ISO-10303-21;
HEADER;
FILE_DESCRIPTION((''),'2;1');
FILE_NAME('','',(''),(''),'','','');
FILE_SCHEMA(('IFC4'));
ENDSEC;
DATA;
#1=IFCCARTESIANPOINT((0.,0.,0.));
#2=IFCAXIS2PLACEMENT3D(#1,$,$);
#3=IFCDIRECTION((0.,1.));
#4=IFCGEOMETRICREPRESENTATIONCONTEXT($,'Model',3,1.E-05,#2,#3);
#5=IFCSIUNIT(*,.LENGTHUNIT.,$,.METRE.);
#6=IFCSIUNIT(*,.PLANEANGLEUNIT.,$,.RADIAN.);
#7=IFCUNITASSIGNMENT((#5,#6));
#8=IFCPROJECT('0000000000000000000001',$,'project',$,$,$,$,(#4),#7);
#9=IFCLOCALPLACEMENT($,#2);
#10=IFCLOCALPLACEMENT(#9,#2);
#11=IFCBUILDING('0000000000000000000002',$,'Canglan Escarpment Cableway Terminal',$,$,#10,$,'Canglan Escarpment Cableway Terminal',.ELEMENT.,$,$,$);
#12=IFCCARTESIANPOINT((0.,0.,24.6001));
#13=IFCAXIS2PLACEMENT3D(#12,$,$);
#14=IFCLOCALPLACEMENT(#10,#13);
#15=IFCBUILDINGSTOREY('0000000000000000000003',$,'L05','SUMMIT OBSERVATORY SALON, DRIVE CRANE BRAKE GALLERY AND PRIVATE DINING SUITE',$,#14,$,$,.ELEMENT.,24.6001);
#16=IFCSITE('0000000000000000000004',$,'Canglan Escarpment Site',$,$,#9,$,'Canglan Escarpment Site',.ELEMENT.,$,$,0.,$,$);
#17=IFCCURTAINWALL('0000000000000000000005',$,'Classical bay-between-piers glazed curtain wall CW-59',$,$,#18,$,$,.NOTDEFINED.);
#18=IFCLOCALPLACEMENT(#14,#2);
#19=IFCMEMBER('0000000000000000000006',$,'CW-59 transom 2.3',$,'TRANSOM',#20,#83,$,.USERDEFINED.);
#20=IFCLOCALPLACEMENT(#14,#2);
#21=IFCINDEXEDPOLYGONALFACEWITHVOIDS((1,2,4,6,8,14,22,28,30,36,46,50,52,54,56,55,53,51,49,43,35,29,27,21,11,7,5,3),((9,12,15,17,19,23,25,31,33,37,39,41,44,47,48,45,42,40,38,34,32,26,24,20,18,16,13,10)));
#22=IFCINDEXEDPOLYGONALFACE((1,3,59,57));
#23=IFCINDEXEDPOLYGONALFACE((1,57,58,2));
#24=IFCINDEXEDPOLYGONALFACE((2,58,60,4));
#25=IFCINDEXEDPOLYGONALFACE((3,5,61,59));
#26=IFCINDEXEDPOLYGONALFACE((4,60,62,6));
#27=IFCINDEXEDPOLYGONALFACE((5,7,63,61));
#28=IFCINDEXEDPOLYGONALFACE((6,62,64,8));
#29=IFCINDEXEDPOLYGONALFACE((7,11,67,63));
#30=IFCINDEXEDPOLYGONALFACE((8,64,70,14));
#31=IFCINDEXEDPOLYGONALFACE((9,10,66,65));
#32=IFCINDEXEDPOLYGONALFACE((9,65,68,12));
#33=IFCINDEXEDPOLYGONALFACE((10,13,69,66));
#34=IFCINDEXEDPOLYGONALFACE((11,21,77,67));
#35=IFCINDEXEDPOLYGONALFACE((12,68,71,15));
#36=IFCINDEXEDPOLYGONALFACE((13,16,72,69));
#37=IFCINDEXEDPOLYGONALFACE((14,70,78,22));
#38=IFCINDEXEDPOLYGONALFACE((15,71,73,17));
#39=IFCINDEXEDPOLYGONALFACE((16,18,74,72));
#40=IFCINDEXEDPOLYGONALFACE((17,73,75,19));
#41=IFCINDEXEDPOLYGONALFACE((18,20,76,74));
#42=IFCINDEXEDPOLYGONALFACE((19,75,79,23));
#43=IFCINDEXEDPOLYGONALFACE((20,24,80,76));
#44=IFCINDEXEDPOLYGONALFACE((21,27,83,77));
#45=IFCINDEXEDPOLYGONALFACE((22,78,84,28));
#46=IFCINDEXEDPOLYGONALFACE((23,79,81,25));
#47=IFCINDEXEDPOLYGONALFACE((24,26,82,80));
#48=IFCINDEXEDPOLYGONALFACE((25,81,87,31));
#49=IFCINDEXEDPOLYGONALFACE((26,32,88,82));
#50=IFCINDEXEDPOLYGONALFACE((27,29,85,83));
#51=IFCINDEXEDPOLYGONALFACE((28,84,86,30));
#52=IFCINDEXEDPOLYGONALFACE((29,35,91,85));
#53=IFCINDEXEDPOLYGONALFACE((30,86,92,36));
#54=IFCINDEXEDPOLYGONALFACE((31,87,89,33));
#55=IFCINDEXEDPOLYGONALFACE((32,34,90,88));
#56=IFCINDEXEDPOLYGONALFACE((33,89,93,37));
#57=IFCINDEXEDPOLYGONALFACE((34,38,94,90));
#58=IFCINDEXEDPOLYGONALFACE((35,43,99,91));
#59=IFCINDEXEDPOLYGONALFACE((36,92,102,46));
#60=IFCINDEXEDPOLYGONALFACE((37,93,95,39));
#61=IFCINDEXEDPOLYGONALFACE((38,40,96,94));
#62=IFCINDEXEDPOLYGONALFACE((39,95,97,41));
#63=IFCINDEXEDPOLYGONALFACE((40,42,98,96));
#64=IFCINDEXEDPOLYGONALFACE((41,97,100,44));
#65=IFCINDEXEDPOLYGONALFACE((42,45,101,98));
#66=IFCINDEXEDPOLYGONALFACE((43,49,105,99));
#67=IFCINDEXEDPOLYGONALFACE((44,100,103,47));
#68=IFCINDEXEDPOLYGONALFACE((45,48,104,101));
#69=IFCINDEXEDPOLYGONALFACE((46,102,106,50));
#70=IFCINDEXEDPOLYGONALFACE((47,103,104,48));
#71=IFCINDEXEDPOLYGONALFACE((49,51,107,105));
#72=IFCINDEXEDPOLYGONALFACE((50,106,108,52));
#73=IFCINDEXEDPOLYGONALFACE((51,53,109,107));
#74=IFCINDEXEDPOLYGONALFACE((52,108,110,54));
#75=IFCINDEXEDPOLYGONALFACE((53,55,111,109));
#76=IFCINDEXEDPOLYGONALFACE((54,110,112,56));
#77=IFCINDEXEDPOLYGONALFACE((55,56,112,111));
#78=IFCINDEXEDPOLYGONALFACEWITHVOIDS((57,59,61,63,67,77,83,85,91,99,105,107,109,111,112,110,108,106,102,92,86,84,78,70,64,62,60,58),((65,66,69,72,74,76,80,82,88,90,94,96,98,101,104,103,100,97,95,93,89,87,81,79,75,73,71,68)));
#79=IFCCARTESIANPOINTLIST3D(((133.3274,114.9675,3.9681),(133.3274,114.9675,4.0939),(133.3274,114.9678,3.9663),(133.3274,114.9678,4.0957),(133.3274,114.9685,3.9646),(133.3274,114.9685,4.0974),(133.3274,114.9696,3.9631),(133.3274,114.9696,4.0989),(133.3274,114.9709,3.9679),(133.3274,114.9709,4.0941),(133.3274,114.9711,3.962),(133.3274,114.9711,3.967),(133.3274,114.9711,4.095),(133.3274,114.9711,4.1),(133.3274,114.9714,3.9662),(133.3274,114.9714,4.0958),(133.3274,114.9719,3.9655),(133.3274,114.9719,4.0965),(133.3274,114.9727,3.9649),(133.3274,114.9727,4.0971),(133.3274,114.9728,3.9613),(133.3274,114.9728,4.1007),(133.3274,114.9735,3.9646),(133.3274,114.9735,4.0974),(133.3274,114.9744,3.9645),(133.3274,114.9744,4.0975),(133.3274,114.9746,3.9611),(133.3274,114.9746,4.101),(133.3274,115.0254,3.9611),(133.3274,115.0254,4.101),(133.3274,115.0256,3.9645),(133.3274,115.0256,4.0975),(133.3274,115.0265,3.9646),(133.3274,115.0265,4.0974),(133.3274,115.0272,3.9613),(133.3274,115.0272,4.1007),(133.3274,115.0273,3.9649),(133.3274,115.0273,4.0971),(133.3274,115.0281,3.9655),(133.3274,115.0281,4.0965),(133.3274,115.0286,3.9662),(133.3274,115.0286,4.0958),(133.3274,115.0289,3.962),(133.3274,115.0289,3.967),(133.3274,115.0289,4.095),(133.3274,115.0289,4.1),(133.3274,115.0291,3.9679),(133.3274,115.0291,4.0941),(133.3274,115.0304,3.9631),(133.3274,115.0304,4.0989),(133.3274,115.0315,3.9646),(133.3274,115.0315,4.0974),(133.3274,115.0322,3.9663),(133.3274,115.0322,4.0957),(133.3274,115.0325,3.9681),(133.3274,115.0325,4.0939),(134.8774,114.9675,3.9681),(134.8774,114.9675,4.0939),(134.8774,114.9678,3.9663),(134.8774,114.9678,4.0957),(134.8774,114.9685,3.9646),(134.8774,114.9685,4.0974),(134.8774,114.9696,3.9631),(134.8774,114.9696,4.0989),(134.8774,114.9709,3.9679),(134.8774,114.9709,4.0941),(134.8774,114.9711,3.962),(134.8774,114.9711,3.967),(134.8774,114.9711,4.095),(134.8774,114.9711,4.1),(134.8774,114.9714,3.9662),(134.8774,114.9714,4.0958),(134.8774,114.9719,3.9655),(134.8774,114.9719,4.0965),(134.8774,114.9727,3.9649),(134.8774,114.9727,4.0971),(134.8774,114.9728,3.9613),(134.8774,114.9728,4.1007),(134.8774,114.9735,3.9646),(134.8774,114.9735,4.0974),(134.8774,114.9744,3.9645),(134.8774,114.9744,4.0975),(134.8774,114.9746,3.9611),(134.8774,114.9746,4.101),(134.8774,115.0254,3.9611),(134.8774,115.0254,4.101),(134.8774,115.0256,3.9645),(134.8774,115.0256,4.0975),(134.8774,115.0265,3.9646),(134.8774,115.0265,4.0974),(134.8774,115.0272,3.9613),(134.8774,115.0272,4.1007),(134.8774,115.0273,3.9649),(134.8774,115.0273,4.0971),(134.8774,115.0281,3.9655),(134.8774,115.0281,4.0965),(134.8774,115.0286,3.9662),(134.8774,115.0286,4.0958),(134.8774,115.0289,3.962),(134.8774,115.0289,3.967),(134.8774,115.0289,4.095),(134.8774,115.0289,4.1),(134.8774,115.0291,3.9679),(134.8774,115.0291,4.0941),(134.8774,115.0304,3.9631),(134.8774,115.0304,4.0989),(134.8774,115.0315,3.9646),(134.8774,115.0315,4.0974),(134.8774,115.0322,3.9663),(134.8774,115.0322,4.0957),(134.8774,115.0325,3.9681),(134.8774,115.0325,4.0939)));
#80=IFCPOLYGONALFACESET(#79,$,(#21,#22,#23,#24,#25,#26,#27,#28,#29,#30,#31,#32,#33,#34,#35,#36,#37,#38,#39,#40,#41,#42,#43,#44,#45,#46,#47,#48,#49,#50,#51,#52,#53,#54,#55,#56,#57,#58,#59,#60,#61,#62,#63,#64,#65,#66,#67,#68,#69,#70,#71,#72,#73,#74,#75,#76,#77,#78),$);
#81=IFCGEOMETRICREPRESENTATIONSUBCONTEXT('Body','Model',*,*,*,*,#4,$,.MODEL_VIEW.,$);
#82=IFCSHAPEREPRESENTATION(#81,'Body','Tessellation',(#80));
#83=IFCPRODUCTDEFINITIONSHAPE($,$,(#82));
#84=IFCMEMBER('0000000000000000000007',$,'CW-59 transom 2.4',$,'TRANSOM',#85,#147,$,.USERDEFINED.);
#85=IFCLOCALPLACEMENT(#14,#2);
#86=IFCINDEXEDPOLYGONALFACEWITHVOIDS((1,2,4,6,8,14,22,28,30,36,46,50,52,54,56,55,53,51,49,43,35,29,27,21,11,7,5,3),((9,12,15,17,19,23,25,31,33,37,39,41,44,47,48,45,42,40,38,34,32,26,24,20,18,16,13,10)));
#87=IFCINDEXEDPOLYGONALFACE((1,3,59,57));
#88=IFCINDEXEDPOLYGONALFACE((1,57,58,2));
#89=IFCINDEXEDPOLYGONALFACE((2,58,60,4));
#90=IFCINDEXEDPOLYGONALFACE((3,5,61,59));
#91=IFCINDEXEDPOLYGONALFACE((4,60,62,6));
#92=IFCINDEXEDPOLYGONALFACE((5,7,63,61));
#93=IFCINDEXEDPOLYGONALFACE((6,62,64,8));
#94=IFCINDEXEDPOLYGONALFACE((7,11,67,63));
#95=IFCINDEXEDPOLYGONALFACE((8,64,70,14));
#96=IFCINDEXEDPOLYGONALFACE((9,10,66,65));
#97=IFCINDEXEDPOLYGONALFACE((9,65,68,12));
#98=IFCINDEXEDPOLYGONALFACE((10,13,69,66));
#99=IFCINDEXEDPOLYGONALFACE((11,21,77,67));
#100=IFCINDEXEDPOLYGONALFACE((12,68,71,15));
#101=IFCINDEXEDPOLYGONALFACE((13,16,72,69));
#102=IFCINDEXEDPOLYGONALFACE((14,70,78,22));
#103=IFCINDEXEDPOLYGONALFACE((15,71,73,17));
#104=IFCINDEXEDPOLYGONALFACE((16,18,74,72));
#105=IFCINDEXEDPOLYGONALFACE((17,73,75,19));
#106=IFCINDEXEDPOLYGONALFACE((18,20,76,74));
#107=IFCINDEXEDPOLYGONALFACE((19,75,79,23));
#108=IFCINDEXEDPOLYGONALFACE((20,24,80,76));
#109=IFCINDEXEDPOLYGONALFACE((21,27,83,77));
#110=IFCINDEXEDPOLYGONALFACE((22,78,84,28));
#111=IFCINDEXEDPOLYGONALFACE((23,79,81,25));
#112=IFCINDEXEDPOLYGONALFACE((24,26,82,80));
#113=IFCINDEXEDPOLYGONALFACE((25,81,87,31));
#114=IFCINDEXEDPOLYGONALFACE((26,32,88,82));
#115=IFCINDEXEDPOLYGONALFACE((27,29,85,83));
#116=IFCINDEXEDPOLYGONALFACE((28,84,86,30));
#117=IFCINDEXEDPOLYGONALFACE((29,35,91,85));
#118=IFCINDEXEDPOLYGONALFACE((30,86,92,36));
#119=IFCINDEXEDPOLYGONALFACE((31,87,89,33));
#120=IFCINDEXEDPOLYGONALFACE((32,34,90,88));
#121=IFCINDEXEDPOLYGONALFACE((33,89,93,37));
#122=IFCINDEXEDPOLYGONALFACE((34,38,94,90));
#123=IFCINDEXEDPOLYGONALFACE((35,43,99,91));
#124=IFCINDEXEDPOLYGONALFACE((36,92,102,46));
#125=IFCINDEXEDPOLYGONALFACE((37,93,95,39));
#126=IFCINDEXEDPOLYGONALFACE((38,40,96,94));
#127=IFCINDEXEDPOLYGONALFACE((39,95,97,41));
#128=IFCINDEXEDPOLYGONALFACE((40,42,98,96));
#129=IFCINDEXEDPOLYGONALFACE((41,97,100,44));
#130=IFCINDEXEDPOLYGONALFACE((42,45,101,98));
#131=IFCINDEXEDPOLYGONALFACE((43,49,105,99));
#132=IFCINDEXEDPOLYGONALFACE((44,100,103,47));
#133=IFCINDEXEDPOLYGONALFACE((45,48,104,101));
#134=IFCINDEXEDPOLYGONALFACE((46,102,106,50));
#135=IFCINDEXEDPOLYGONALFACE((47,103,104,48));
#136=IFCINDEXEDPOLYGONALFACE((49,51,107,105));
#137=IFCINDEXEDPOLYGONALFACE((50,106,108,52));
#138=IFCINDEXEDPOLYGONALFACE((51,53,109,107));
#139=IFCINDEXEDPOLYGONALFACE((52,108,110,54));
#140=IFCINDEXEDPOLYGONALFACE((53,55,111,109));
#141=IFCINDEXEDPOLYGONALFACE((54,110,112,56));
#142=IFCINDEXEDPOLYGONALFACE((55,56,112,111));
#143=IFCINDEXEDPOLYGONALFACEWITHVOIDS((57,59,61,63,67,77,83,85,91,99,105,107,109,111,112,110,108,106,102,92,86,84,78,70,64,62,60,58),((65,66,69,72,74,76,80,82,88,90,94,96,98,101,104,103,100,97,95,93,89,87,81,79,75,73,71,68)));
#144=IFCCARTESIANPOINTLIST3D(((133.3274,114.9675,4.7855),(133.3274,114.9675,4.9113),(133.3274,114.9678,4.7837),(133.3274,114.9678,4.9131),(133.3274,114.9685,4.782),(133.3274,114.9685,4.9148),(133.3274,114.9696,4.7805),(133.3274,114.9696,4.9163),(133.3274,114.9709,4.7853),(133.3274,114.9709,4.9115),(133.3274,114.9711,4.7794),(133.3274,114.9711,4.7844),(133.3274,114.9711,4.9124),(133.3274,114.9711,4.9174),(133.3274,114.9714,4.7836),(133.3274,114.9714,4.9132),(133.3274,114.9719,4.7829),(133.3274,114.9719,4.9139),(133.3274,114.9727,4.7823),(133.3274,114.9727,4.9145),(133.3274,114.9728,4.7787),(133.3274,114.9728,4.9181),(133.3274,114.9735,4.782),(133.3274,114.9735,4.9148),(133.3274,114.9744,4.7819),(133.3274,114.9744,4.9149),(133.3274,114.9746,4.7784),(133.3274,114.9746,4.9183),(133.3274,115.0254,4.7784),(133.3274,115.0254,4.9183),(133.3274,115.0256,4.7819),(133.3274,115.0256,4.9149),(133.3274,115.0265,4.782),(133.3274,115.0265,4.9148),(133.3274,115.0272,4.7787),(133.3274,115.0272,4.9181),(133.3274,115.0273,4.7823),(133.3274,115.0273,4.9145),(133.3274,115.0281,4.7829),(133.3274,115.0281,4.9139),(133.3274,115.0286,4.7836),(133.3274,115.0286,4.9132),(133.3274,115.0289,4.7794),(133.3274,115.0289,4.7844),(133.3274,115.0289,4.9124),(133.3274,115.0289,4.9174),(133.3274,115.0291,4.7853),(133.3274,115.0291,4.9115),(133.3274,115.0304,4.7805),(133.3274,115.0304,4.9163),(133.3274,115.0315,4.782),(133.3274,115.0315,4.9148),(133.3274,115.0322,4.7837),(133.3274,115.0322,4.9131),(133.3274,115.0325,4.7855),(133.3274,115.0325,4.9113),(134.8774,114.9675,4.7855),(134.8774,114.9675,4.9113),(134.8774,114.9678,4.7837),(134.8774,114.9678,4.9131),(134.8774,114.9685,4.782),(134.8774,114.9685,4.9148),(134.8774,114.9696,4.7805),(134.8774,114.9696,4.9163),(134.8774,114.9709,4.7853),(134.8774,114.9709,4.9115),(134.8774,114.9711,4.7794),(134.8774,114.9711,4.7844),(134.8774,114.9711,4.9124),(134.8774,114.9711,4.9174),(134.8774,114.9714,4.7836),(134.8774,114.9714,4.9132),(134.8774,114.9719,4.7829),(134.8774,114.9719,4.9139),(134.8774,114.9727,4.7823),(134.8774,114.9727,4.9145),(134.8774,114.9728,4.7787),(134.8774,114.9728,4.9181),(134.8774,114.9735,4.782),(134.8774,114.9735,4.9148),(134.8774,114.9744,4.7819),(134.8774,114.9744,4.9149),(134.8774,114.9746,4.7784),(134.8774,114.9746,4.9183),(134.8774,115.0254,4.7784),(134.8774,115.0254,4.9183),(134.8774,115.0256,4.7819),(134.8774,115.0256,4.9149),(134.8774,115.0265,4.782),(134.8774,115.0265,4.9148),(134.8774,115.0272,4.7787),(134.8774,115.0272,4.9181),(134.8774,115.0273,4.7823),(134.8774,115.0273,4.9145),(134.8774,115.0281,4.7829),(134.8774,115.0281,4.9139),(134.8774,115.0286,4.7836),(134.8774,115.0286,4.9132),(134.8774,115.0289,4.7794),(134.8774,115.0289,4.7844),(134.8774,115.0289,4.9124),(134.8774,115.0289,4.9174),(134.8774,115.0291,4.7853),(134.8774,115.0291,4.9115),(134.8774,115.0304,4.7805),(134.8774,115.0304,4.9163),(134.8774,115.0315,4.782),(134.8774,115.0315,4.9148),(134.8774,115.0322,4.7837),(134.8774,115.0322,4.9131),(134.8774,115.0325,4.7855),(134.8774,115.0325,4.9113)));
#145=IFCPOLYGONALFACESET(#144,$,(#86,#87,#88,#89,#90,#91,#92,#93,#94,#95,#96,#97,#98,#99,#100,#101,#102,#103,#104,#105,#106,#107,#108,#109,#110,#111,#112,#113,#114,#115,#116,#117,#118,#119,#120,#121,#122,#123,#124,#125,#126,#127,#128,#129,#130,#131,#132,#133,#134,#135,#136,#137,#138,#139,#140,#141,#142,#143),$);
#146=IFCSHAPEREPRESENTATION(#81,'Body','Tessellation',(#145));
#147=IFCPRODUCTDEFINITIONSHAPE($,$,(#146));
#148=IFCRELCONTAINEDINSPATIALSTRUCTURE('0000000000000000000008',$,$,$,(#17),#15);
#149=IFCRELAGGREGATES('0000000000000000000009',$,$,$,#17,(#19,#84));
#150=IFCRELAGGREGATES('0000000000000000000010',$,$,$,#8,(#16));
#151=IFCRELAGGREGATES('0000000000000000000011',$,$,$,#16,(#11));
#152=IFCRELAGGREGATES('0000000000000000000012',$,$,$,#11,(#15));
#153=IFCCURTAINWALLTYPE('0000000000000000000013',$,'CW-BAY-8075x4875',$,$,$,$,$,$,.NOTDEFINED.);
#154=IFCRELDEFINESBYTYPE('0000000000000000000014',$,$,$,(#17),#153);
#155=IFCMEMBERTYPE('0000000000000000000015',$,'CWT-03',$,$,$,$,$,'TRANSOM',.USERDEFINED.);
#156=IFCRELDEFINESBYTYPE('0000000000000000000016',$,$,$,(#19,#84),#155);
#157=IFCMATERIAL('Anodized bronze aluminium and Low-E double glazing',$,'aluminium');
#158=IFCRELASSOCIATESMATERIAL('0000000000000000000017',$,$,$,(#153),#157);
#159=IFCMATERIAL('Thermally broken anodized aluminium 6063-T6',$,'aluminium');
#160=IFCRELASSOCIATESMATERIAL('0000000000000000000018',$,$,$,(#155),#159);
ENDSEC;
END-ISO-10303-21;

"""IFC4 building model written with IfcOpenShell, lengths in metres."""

from ifc_helpers import new_model, si_unit, direction, frame, origin, origin_2d, place, context, subcontext, project, spatial, hollow_rectangle, extrude, material, material_profile, profile_set, type_object, element, aggregate, save


model = new_model("IFC4")

# Units and contexts
model_context = context("Model", 3, precision=1e-05, world=origin(), true_north=direction((0.0, 1.0)))
body_context = subcontext(model_context, "Body", "Model", "MODEL_VIEW")
ifc_project = project(units=[si_unit("LENGTHUNIT", "METRE"), si_unit("PLANEANGLEUNIT", "RADIAN")], contexts=[model_context])

# Site, building, storey
site_placement = place(None, origin())
site = spatial("IfcSite", under=ifc_project, at=site_placement, Name="Canglan Escarpment Site", LongName="Canglan Escarpment Site", CompositionType="ELEMENT", RefElevation=0.0)
building_placement = place(site_placement, origin())
building = spatial("IfcBuilding", under=site, at=building_placement, Name="Canglan Escarpment Cableway Terminal", LongName="Canglan Escarpment Cableway Terminal", CompositionType="ELEMENT")
storey_placement = place(building_placement, frame((0.0, 0.0, 24.6001)))
storey = spatial("IfcBuildingStorey", under=building, at=storey_placement, Name="L05", Description="SUMMIT OBSERVATORY SALON, DRIVE CRANE BRAKE GALLERY AND PRIVATE DINING SUITE", CompositionType="ELEMENT", Elevation=24.6001)

# Curtain wall, members
ifc_material_1 = material(Name="Anodized bronze aluminium and Low-E double glazing", Category="aluminium")
curtain_wall_type = type_object("IfcCurtainWallType", Name="CW-BAY-8075x4875", PredefinedType="NOTDEFINED", material=ifc_material_1)
curtain_wall_placement = place(storey_placement, origin())
curtain_wall = element("IfcCurtainWall", 1, at=curtain_wall_placement, inside=storey, type_object=curtain_wall_type, Name="Classical bay-between-piers glazed curtain wall CW-59", PredefinedType="NOTDEFINED")
ifc_material_2 = material(Name="Thermally broken anodized aluminium 6063-T6", Category="aluminium")
ifc_material_profile_1 = material_profile(ifc_material_2, hollow_rectangle(XDim=0.0649, YDim=0.1399, WallThickness=0.0034, InnerFilletRadius=0.0034, OuterFilletRadius=0.0071, at=origin_2d()), Name="ALU-TRAN 65x140x3.5")
ifc_profile_set_1 = profile_set([ifc_material_profile_1], Name="Thermally broken anodized aluminium 6063-T6")
member_type_1 = type_object("IfcMemberType", Name="CWT-03", ElementType="TRANSOM", PredefinedType="USERDEFINED", material=ifc_profile_set_1)
member_1_placement = place(storey_placement, frame((134.8774, 115.0, 4.031), z_axis=(-1.0, 0.0, 0.0), x_axis=(0.0, -1.0, 0.0)))
member_1 = element("IfcMember", 2, at=member_1_placement, type_object=member_type_1, Name="CW-59 transom 2.3", ObjectType="TRANSOM", PredefinedType="USERDEFINED", context=body_context, shape_type="SweptSolid", body=[
    extrude(hollow_rectangle(XDim=0.0649, YDim=0.1399, WallThickness=0.0034, InnerFilletRadius=0.0034, OuterFilletRadius=0.0071, at=origin_2d()), origin(), (0.0, 0.0, 1.0), 1.55),
])
member_2_placement = place(storey_placement, frame((134.8774, 115.0, 4.8484), z_axis=(-1.0, 0.0, 0.0), x_axis=(0.0, -1.0, 0.0)))
member_2 = element("IfcMember", 3, at=member_2_placement, type_object=member_type_1, Name="CW-59 transom 2.4", ObjectType="TRANSOM", PredefinedType="USERDEFINED", context=body_context, shape_type="SweptSolid", body=[
    extrude(hollow_rectangle(XDim=0.0649, YDim=0.1399, WallThickness=0.0034, InnerFilletRadius=0.0034, OuterFilletRadius=0.0071, at=origin_2d()), origin(), (0.0, 0.0, 1.0), 1.55),
])
aggregate(curtain_wall, [member_1, member_2])

save(model, "model.ifc")
